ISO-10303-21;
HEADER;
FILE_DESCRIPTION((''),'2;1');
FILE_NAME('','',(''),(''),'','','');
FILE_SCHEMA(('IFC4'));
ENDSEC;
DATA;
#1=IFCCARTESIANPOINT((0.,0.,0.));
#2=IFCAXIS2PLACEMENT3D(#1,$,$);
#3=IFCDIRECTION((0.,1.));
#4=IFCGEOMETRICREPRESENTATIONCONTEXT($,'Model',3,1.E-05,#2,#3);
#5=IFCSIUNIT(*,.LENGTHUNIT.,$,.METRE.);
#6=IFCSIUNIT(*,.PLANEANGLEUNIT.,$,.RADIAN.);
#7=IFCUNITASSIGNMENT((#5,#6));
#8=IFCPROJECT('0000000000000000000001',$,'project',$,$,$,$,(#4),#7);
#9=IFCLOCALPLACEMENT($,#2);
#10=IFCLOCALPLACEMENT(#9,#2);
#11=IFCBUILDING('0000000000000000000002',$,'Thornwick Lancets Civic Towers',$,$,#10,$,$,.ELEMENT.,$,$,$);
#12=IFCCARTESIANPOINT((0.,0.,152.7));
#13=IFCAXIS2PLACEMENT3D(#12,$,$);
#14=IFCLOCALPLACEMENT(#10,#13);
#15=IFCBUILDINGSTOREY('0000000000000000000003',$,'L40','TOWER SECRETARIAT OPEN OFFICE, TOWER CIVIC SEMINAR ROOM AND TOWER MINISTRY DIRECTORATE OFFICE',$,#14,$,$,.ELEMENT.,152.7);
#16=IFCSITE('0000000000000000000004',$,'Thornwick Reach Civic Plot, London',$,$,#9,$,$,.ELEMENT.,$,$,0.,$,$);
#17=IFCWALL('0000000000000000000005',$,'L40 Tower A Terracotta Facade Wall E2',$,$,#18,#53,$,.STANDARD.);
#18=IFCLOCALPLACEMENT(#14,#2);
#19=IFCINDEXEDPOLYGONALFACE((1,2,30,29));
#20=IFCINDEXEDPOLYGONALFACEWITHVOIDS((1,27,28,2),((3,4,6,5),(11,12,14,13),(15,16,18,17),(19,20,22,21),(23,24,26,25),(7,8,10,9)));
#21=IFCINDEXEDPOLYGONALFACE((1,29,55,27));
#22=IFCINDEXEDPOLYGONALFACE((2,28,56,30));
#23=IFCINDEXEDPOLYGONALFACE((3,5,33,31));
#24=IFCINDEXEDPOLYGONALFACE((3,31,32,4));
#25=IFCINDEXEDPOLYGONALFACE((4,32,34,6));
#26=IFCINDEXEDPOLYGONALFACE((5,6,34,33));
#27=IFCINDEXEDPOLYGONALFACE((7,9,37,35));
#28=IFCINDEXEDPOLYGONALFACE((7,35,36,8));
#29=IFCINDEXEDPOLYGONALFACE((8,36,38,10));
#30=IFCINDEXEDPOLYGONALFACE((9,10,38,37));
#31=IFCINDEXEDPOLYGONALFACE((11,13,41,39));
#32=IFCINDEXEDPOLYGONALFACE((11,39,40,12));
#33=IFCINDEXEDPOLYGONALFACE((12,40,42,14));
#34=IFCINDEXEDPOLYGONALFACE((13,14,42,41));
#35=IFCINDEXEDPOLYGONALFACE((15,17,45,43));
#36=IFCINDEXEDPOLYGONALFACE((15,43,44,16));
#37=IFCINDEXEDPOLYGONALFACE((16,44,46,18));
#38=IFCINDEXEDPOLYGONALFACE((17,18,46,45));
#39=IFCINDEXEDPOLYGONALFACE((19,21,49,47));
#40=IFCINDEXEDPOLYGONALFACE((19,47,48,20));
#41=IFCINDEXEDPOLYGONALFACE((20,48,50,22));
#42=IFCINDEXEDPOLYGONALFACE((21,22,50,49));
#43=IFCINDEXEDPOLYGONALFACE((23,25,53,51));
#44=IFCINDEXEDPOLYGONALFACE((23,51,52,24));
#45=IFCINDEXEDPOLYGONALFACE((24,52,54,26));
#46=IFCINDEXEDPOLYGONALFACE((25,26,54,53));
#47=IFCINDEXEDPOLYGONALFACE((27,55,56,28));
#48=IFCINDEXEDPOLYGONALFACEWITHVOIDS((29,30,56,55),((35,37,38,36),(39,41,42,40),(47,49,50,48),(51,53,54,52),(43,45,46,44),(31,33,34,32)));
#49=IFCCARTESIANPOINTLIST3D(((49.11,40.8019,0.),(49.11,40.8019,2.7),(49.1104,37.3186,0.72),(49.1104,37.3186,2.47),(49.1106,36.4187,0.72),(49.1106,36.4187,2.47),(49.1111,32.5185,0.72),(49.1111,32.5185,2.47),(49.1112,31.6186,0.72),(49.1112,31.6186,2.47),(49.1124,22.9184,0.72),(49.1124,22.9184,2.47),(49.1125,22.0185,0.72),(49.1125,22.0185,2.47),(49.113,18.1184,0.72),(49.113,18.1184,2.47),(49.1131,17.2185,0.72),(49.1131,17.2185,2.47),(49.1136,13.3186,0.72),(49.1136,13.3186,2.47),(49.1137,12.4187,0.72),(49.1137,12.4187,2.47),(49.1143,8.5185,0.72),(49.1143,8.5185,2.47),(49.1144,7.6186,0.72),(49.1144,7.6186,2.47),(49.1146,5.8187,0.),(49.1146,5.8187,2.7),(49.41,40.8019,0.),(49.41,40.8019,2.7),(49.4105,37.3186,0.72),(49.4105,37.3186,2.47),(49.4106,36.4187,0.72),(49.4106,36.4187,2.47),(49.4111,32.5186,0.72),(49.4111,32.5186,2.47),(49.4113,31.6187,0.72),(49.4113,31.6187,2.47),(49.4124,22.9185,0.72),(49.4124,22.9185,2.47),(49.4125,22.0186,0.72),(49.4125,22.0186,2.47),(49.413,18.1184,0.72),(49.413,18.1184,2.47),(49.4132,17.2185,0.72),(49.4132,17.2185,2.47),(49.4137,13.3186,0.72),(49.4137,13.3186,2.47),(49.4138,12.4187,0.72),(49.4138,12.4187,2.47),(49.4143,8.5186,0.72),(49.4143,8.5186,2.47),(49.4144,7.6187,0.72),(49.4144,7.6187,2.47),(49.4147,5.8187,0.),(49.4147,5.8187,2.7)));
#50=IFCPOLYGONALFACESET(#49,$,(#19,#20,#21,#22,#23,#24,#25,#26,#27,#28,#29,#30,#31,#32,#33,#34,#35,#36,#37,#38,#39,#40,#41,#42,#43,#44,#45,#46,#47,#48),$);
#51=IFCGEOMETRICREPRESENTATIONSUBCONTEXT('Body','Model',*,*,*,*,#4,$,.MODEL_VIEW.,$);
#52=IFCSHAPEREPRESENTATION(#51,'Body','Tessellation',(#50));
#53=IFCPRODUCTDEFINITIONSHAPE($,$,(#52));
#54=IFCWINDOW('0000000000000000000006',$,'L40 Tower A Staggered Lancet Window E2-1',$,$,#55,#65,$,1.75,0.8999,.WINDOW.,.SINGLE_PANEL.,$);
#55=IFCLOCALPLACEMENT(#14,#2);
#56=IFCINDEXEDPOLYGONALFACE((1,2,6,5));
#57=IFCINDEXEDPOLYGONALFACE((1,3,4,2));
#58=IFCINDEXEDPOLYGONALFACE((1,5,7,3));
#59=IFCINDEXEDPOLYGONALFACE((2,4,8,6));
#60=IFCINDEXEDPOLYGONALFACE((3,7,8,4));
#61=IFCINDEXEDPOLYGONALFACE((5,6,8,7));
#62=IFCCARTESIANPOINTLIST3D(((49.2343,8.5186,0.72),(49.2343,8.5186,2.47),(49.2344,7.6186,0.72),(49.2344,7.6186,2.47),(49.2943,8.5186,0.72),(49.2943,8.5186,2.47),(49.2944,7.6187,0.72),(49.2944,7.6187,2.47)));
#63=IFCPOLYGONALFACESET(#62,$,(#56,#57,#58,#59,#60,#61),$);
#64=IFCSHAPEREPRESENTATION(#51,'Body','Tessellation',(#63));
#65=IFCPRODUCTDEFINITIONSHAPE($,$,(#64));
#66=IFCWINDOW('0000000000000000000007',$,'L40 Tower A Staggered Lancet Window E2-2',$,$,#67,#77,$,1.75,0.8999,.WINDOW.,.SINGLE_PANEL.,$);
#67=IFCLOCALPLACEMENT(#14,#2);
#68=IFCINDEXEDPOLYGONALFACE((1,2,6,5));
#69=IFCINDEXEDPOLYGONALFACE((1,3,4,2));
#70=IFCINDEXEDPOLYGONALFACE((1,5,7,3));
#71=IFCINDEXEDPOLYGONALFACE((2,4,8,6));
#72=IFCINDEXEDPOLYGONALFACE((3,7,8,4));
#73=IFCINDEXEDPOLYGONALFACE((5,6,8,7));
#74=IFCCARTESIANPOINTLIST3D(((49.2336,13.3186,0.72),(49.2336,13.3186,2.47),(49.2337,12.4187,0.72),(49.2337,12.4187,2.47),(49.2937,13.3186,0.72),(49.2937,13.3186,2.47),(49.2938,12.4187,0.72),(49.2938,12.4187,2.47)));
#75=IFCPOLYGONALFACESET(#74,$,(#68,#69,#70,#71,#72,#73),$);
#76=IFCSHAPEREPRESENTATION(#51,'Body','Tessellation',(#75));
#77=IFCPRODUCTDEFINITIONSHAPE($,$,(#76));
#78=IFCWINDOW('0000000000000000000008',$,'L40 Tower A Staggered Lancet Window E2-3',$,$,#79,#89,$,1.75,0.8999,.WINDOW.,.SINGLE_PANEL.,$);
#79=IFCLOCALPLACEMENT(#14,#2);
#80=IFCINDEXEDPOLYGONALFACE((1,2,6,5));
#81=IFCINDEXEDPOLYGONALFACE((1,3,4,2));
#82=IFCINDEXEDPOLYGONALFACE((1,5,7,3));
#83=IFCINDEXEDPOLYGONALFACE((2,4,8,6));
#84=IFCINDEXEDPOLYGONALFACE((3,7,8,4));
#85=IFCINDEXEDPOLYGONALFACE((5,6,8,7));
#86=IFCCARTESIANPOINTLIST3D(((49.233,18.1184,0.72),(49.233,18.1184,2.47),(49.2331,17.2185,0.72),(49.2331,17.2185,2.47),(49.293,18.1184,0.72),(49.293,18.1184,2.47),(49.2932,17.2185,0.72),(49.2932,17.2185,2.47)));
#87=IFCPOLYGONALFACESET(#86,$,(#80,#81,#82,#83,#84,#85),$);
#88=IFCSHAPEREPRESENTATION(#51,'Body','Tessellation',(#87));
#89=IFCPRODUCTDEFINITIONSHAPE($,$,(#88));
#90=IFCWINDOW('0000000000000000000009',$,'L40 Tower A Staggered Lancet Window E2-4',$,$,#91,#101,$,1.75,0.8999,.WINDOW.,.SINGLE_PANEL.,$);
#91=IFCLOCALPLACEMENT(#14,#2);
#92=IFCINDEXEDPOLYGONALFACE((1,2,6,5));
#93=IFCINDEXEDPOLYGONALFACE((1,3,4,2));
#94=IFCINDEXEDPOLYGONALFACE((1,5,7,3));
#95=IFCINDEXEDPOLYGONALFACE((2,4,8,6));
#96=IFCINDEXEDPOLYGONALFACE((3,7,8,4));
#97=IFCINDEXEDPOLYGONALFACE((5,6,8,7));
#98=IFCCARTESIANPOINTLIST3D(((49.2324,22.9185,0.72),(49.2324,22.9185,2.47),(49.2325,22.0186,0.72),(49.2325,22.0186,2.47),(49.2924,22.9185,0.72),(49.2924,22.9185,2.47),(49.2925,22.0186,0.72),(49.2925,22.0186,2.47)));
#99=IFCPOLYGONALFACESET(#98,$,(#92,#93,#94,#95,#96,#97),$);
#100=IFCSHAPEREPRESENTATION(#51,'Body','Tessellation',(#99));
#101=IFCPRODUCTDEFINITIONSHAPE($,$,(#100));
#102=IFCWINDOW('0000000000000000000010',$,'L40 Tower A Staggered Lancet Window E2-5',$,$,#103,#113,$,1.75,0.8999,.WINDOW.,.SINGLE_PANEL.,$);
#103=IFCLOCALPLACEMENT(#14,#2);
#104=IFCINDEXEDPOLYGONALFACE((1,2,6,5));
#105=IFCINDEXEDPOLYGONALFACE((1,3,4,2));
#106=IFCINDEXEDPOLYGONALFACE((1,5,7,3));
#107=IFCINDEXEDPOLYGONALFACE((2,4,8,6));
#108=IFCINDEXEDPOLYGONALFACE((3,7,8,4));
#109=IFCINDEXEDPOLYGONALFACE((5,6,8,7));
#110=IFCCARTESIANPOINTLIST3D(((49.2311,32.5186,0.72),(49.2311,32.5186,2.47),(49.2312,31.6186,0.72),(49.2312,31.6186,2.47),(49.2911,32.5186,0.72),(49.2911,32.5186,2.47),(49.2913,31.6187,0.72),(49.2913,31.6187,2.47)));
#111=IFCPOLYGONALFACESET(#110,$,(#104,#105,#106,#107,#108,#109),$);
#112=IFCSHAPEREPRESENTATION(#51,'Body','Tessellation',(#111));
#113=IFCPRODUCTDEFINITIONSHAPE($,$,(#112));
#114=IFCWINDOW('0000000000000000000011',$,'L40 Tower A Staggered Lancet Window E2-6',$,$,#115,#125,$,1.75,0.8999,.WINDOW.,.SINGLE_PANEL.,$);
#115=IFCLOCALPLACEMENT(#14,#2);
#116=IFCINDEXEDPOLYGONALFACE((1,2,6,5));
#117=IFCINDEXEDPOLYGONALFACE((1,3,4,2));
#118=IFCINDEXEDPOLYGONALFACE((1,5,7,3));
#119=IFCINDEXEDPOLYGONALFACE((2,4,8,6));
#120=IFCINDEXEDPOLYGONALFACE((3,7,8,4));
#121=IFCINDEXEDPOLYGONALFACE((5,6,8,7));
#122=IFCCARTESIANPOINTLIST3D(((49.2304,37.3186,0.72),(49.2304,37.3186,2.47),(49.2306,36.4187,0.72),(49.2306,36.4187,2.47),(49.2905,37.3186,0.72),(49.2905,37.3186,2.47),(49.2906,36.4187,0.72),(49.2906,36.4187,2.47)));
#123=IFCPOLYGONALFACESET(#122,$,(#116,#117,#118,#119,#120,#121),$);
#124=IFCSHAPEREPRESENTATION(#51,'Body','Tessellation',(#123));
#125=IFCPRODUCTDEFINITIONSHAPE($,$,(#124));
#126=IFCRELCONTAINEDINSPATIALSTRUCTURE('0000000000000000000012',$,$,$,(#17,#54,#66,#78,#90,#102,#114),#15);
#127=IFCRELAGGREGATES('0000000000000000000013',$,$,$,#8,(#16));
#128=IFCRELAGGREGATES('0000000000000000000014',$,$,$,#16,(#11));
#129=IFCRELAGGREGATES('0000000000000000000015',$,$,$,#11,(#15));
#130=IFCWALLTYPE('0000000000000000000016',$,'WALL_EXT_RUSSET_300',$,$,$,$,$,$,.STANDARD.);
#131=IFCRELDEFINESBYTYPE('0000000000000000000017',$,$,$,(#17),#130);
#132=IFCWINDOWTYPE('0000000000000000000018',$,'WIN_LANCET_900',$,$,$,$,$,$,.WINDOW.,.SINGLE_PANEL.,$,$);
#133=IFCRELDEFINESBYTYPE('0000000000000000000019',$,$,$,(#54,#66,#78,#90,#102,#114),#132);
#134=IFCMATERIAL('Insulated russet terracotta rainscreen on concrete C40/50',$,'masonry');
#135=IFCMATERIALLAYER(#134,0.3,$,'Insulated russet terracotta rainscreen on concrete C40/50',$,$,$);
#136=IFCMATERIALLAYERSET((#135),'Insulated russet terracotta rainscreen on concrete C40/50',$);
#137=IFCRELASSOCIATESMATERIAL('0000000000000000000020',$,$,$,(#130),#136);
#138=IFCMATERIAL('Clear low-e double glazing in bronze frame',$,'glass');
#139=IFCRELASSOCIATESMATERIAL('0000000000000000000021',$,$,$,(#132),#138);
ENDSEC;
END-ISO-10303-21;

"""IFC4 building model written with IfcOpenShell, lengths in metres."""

from ifc_helpers import new_model, si_unit, direction, frame, frame_2d, origin, place, context, subcontext, project, spatial, rectangle, extrude, material, layer, layer_set, type_object, element, fill, save


model = new_model("IFC4")

# Units and contexts
model_context = context("Model", 3, precision=1e-05, world=origin(), true_north=direction((0.0, 1.0)))
body_context = subcontext(model_context, "Body", "Model", "MODEL_VIEW")
ifc_project = project(units=[si_unit("LENGTHUNIT", "METRE"), si_unit("PLANEANGLEUNIT", "RADIAN")], contexts=[model_context])

# Site, building, storey
site_placement = place(None, origin())
site = spatial("IfcSite", under=ifc_project, at=site_placement, Name="Thornwick Reach Civic Plot, London", CompositionType="ELEMENT", RefElevation=0.0)
building_placement = place(site_placement, origin())
building = spatial("IfcBuilding", under=site, at=building_placement, Name="Thornwick Lancets Civic Towers", CompositionType="ELEMENT")
storey_placement = place(building_placement, frame((0.0, 0.0, 152.7)))
storey = spatial("IfcBuildingStorey", under=building, at=storey_placement, Name="L40", Description="TOWER SECRETARIAT OPEN OFFICE, TOWER CIVIC SEMINAR ROOM AND TOWER MINISTRY DIRECTORATE OFFICE", CompositionType="ELEMENT", Elevation=152.7)

# Wall, openings, windows
ifc_material_1 = material(Name="Insulated russet terracotta rainscreen on concrete C40/50", Category="masonry")
ifc_layer_1 = layer(ifc_material_1, 0.3, Name="Insulated russet terracotta rainscreen on concrete C40/50")
ifc_layer_set_1 = layer_set([ifc_layer_1], Name="Insulated russet terracotta rainscreen on concrete C40/50")
wall_type_1 = type_object("IfcWallType", Name="WALL_EXT_RUSSET_300", PredefinedType="STANDARD", material=ifc_layer_set_1)
wall_1_placement = place(storey_placement, frame((49.2646, 5.8186, 0.0), z_axis=(0.0, 0.0, 1.0), x_axis=(-0.000133, 1.0, 0.0)))
wall_1 = element("IfcWall", 1, at=wall_1_placement, inside=storey, type_object=wall_type_1, Name="L40 Tower A Terracotta Facade Wall E2", PredefinedType="STANDARD", context=body_context, shape_type="SweptSolid", body=[
    extrude(rectangle(XDim=34.9832, YDim=0.3, at=frame_2d((17.4917, 0.0))), origin(), (0.0, 0.0, 1.0), 2.7),
])
opening_1_placement = place(wall_1_placement, frame((1.8, 0.0, 0.72)))
opening_1 = element("IfcOpeningElement", 2, at=opening_1_placement, cuts=wall_1, PredefinedType="OPENING", context=body_context, shape_type="SweptSolid", body=[
    extrude(rectangle(XDim=0.8999, YDim=1.75, at=frame_2d((0.45, 0.875))), frame((0.0, 0.1602, 0.0), z_axis=(0.0, -1.0, 0.0), x_axis=(1.0, 0.0, 0.0)), (0.0, 0.0, 1.0), 0.3201),
])
opening_2_placement = place(wall_1_placement, frame((6.6001, 0.0, 0.72)))
opening_2 = element("IfcOpeningElement", 3, at=opening_2_placement, cuts=wall_1, PredefinedType="OPENING", context=body_context, shape_type="SweptSolid", body=[
    extrude(rectangle(XDim=0.8999, YDim=1.75, at=frame_2d((0.45, 0.875))), frame((0.0, 0.1602, 0.0), z_axis=(0.0, -1.0, 0.0), x_axis=(1.0, 0.0, 0.0)), (0.0, 0.0, 1.0), 0.3201),
])
opening_3_placement = place(wall_1_placement, frame((11.3999, 0.0, 0.72)))
opening_3 = element("IfcOpeningElement", 4, at=opening_3_placement, cuts=wall_1, PredefinedType="OPENING", context=body_context, shape_type="SweptSolid", body=[
    extrude(rectangle(XDim=0.8999, YDim=1.75, at=frame_2d((0.45, 0.875))), frame((0.0, 0.1602, 0.0), z_axis=(0.0, -1.0, 0.0), x_axis=(1.0, 0.0, 0.0)), (0.0, 0.0, 1.0), 0.3201),
])
opening_4_placement = place(wall_1_placement, frame((16.2, 0.0, 0.72)))
opening_4 = element("IfcOpeningElement", 5, at=opening_4_placement, cuts=wall_1, PredefinedType="OPENING", context=body_context, shape_type="SweptSolid", body=[
    extrude(rectangle(XDim=0.8999, YDim=1.75, at=frame_2d((0.45, 0.875))), frame((0.0, 0.1602, 0.0), z_axis=(0.0, -1.0, 0.0), x_axis=(1.0, 0.0, 0.0)), (0.0, 0.0, 1.0), 0.3201),
])
opening_5_placement = place(wall_1_placement, frame((25.8, 0.0, 0.72)))
opening_5 = element("IfcOpeningElement", 6, at=opening_5_placement, cuts=wall_1, PredefinedType="OPENING", context=body_context, shape_type="SweptSolid", body=[
    extrude(rectangle(XDim=0.8999, YDim=1.75, at=frame_2d((0.45, 0.875))), frame((0.0, 0.1602, 0.0), z_axis=(0.0, -1.0, 0.0), x_axis=(1.0, 0.0, 0.0)), (0.0, 0.0, 1.0), 0.3201),
])
opening_6_placement = place(wall_1_placement, frame((30.6001, 0.0, 0.72)))
opening_6 = element("IfcOpeningElement", 7, at=opening_6_placement, cuts=wall_1, PredefinedType="OPENING", context=body_context, shape_type="SweptSolid", body=[
    extrude(rectangle(XDim=0.8999, YDim=1.75, at=frame_2d((0.45, 0.875))), frame((0.0, 0.1602, 0.0), z_axis=(0.0, -1.0, 0.0), x_axis=(1.0, 0.0, 0.0)), (0.0, 0.0, 1.0), 0.3201),
])
ifc_material_2 = material(Name="Clear low-e double glazing in bronze frame", Category="glass")
window_type = type_object("IfcWindowType", Name="WIN_LANCET_900", PartitioningType="SINGLE_PANEL", PredefinedType="WINDOW", material=ifc_material_2)
window_1_placement = place(opening_1_placement, origin())
window_1 = element("IfcWindow", 8, at=window_1_placement, inside=storey, type_object=window_type, Name="L40 Tower A Staggered Lancet Window E2-1", OverallHeight=1.75, OverallWidth=0.8999, PartitioningType="SINGLE_PANEL", PredefinedType="WINDOW", context=body_context, shape_type="SweptSolid", body=[
    extrude(rectangle(XDim=0.8999, YDim=1.75, at=frame_2d((0.45, 0.875))), frame((0.0, 0.03, 0.0), z_axis=(0.0, -1.0, 0.0), x_axis=(1.0, 0.0, 0.0)), (0.0, 0.0, 1.0), 0.0601),
])
fill(opening_1, window_1)
window_2_placement = place(opening_2_placement, origin())
window_2 = element("IfcWindow", 9, at=window_2_placement, inside=storey, type_object=window_type, Name="L40 Tower A Staggered Lancet Window E2-2", OverallHeight=1.75, OverallWidth=0.8999, PartitioningType="SINGLE_PANEL", PredefinedType="WINDOW", context=body_context, shape_type="SweptSolid", body=[
    extrude(rectangle(XDim=0.8999, YDim=1.75, at=frame_2d((0.45, 0.875))), frame((0.0, 0.03, 0.0), z_axis=(0.0, -1.0, 0.0), x_axis=(1.0, 0.0, 0.0)), (0.0, 0.0, 1.0), 0.0601),
])
fill(opening_2, window_2)
window_3_placement = place(opening_3_placement, origin())
window_3 = element("IfcWindow", 10, at=window_3_placement, inside=storey, type_object=window_type, Name="L40 Tower A Staggered Lancet Window E2-3", OverallHeight=1.75, OverallWidth=0.8999, PartitioningType="SINGLE_PANEL", PredefinedType="WINDOW", context=body_context, shape_type="SweptSolid", body=[
    extrude(rectangle(XDim=0.8999, YDim=1.75, at=frame_2d((0.45, 0.875))), frame((0.0, 0.03, 0.0), z_axis=(0.0, -1.0, 0.0), x_axis=(1.0, 0.0, 0.0)), (0.0, 0.0, 1.0), 0.0601),
])
fill(opening_3, window_3)
window_4_placement = place(opening_4_placement, origin())
window_4 = element("IfcWindow", 11, at=window_4_placement, inside=storey, type_object=window_type, Name="L40 Tower A Staggered Lancet Window E2-4", OverallHeight=1.75, OverallWidth=0.8999, PartitioningType="SINGLE_PANEL", PredefinedType="WINDOW", context=body_context, shape_type="SweptSolid", body=[
    extrude(rectangle(XDim=0.8999, YDim=1.75, at=frame_2d((0.45, 0.875))), frame((0.0, 0.03, 0.0), z_axis=(0.0, -1.0, 0.0), x_axis=(1.0, 0.0, 0.0)), (0.0, 0.0, 1.0), 0.0601),
])
fill(opening_4, window_4)
window_5_placement = place(opening_5_placement, origin())
window_5 = element("IfcWindow", 12, at=window_5_placement, inside=storey, type_object=window_type, Name="L40 Tower A Staggered Lancet Window E2-5", OverallHeight=1.75, OverallWidth=0.8999, PartitioningType="SINGLE_PANEL", PredefinedType="WINDOW", context=body_context, shape_type="SweptSolid", body=[
    extrude(rectangle(XDim=0.8999, YDim=1.75, at=frame_2d((0.45, 0.875))), frame((0.0, 0.03, 0.0), z_axis=(0.0, -1.0, 0.0), x_axis=(1.0, 0.0, 0.0)), (0.0, 0.0, 1.0), 0.0601),
])
fill(opening_5, window_5)
window_6_placement = place(opening_6_placement, origin())
window_6 = element("IfcWindow", 13, at=window_6_placement, inside=storey, type_object=window_type, Name="L40 Tower A Staggered Lancet Window E2-6", OverallHeight=1.75, OverallWidth=0.8999, PartitioningType="SINGLE_PANEL", PredefinedType="WINDOW", context=body_context, shape_type="SweptSolid", body=[
    extrude(rectangle(XDim=0.8999, YDim=1.75, at=frame_2d((0.45, 0.875))), frame((0.0, 0.03, 0.0), z_axis=(0.0, -1.0, 0.0), x_axis=(1.0, 0.0, 0.0)), (0.0, 0.0, 1.0), 0.0601),
])
fill(opening_6, window_6)

save(model, "model.ifc")
